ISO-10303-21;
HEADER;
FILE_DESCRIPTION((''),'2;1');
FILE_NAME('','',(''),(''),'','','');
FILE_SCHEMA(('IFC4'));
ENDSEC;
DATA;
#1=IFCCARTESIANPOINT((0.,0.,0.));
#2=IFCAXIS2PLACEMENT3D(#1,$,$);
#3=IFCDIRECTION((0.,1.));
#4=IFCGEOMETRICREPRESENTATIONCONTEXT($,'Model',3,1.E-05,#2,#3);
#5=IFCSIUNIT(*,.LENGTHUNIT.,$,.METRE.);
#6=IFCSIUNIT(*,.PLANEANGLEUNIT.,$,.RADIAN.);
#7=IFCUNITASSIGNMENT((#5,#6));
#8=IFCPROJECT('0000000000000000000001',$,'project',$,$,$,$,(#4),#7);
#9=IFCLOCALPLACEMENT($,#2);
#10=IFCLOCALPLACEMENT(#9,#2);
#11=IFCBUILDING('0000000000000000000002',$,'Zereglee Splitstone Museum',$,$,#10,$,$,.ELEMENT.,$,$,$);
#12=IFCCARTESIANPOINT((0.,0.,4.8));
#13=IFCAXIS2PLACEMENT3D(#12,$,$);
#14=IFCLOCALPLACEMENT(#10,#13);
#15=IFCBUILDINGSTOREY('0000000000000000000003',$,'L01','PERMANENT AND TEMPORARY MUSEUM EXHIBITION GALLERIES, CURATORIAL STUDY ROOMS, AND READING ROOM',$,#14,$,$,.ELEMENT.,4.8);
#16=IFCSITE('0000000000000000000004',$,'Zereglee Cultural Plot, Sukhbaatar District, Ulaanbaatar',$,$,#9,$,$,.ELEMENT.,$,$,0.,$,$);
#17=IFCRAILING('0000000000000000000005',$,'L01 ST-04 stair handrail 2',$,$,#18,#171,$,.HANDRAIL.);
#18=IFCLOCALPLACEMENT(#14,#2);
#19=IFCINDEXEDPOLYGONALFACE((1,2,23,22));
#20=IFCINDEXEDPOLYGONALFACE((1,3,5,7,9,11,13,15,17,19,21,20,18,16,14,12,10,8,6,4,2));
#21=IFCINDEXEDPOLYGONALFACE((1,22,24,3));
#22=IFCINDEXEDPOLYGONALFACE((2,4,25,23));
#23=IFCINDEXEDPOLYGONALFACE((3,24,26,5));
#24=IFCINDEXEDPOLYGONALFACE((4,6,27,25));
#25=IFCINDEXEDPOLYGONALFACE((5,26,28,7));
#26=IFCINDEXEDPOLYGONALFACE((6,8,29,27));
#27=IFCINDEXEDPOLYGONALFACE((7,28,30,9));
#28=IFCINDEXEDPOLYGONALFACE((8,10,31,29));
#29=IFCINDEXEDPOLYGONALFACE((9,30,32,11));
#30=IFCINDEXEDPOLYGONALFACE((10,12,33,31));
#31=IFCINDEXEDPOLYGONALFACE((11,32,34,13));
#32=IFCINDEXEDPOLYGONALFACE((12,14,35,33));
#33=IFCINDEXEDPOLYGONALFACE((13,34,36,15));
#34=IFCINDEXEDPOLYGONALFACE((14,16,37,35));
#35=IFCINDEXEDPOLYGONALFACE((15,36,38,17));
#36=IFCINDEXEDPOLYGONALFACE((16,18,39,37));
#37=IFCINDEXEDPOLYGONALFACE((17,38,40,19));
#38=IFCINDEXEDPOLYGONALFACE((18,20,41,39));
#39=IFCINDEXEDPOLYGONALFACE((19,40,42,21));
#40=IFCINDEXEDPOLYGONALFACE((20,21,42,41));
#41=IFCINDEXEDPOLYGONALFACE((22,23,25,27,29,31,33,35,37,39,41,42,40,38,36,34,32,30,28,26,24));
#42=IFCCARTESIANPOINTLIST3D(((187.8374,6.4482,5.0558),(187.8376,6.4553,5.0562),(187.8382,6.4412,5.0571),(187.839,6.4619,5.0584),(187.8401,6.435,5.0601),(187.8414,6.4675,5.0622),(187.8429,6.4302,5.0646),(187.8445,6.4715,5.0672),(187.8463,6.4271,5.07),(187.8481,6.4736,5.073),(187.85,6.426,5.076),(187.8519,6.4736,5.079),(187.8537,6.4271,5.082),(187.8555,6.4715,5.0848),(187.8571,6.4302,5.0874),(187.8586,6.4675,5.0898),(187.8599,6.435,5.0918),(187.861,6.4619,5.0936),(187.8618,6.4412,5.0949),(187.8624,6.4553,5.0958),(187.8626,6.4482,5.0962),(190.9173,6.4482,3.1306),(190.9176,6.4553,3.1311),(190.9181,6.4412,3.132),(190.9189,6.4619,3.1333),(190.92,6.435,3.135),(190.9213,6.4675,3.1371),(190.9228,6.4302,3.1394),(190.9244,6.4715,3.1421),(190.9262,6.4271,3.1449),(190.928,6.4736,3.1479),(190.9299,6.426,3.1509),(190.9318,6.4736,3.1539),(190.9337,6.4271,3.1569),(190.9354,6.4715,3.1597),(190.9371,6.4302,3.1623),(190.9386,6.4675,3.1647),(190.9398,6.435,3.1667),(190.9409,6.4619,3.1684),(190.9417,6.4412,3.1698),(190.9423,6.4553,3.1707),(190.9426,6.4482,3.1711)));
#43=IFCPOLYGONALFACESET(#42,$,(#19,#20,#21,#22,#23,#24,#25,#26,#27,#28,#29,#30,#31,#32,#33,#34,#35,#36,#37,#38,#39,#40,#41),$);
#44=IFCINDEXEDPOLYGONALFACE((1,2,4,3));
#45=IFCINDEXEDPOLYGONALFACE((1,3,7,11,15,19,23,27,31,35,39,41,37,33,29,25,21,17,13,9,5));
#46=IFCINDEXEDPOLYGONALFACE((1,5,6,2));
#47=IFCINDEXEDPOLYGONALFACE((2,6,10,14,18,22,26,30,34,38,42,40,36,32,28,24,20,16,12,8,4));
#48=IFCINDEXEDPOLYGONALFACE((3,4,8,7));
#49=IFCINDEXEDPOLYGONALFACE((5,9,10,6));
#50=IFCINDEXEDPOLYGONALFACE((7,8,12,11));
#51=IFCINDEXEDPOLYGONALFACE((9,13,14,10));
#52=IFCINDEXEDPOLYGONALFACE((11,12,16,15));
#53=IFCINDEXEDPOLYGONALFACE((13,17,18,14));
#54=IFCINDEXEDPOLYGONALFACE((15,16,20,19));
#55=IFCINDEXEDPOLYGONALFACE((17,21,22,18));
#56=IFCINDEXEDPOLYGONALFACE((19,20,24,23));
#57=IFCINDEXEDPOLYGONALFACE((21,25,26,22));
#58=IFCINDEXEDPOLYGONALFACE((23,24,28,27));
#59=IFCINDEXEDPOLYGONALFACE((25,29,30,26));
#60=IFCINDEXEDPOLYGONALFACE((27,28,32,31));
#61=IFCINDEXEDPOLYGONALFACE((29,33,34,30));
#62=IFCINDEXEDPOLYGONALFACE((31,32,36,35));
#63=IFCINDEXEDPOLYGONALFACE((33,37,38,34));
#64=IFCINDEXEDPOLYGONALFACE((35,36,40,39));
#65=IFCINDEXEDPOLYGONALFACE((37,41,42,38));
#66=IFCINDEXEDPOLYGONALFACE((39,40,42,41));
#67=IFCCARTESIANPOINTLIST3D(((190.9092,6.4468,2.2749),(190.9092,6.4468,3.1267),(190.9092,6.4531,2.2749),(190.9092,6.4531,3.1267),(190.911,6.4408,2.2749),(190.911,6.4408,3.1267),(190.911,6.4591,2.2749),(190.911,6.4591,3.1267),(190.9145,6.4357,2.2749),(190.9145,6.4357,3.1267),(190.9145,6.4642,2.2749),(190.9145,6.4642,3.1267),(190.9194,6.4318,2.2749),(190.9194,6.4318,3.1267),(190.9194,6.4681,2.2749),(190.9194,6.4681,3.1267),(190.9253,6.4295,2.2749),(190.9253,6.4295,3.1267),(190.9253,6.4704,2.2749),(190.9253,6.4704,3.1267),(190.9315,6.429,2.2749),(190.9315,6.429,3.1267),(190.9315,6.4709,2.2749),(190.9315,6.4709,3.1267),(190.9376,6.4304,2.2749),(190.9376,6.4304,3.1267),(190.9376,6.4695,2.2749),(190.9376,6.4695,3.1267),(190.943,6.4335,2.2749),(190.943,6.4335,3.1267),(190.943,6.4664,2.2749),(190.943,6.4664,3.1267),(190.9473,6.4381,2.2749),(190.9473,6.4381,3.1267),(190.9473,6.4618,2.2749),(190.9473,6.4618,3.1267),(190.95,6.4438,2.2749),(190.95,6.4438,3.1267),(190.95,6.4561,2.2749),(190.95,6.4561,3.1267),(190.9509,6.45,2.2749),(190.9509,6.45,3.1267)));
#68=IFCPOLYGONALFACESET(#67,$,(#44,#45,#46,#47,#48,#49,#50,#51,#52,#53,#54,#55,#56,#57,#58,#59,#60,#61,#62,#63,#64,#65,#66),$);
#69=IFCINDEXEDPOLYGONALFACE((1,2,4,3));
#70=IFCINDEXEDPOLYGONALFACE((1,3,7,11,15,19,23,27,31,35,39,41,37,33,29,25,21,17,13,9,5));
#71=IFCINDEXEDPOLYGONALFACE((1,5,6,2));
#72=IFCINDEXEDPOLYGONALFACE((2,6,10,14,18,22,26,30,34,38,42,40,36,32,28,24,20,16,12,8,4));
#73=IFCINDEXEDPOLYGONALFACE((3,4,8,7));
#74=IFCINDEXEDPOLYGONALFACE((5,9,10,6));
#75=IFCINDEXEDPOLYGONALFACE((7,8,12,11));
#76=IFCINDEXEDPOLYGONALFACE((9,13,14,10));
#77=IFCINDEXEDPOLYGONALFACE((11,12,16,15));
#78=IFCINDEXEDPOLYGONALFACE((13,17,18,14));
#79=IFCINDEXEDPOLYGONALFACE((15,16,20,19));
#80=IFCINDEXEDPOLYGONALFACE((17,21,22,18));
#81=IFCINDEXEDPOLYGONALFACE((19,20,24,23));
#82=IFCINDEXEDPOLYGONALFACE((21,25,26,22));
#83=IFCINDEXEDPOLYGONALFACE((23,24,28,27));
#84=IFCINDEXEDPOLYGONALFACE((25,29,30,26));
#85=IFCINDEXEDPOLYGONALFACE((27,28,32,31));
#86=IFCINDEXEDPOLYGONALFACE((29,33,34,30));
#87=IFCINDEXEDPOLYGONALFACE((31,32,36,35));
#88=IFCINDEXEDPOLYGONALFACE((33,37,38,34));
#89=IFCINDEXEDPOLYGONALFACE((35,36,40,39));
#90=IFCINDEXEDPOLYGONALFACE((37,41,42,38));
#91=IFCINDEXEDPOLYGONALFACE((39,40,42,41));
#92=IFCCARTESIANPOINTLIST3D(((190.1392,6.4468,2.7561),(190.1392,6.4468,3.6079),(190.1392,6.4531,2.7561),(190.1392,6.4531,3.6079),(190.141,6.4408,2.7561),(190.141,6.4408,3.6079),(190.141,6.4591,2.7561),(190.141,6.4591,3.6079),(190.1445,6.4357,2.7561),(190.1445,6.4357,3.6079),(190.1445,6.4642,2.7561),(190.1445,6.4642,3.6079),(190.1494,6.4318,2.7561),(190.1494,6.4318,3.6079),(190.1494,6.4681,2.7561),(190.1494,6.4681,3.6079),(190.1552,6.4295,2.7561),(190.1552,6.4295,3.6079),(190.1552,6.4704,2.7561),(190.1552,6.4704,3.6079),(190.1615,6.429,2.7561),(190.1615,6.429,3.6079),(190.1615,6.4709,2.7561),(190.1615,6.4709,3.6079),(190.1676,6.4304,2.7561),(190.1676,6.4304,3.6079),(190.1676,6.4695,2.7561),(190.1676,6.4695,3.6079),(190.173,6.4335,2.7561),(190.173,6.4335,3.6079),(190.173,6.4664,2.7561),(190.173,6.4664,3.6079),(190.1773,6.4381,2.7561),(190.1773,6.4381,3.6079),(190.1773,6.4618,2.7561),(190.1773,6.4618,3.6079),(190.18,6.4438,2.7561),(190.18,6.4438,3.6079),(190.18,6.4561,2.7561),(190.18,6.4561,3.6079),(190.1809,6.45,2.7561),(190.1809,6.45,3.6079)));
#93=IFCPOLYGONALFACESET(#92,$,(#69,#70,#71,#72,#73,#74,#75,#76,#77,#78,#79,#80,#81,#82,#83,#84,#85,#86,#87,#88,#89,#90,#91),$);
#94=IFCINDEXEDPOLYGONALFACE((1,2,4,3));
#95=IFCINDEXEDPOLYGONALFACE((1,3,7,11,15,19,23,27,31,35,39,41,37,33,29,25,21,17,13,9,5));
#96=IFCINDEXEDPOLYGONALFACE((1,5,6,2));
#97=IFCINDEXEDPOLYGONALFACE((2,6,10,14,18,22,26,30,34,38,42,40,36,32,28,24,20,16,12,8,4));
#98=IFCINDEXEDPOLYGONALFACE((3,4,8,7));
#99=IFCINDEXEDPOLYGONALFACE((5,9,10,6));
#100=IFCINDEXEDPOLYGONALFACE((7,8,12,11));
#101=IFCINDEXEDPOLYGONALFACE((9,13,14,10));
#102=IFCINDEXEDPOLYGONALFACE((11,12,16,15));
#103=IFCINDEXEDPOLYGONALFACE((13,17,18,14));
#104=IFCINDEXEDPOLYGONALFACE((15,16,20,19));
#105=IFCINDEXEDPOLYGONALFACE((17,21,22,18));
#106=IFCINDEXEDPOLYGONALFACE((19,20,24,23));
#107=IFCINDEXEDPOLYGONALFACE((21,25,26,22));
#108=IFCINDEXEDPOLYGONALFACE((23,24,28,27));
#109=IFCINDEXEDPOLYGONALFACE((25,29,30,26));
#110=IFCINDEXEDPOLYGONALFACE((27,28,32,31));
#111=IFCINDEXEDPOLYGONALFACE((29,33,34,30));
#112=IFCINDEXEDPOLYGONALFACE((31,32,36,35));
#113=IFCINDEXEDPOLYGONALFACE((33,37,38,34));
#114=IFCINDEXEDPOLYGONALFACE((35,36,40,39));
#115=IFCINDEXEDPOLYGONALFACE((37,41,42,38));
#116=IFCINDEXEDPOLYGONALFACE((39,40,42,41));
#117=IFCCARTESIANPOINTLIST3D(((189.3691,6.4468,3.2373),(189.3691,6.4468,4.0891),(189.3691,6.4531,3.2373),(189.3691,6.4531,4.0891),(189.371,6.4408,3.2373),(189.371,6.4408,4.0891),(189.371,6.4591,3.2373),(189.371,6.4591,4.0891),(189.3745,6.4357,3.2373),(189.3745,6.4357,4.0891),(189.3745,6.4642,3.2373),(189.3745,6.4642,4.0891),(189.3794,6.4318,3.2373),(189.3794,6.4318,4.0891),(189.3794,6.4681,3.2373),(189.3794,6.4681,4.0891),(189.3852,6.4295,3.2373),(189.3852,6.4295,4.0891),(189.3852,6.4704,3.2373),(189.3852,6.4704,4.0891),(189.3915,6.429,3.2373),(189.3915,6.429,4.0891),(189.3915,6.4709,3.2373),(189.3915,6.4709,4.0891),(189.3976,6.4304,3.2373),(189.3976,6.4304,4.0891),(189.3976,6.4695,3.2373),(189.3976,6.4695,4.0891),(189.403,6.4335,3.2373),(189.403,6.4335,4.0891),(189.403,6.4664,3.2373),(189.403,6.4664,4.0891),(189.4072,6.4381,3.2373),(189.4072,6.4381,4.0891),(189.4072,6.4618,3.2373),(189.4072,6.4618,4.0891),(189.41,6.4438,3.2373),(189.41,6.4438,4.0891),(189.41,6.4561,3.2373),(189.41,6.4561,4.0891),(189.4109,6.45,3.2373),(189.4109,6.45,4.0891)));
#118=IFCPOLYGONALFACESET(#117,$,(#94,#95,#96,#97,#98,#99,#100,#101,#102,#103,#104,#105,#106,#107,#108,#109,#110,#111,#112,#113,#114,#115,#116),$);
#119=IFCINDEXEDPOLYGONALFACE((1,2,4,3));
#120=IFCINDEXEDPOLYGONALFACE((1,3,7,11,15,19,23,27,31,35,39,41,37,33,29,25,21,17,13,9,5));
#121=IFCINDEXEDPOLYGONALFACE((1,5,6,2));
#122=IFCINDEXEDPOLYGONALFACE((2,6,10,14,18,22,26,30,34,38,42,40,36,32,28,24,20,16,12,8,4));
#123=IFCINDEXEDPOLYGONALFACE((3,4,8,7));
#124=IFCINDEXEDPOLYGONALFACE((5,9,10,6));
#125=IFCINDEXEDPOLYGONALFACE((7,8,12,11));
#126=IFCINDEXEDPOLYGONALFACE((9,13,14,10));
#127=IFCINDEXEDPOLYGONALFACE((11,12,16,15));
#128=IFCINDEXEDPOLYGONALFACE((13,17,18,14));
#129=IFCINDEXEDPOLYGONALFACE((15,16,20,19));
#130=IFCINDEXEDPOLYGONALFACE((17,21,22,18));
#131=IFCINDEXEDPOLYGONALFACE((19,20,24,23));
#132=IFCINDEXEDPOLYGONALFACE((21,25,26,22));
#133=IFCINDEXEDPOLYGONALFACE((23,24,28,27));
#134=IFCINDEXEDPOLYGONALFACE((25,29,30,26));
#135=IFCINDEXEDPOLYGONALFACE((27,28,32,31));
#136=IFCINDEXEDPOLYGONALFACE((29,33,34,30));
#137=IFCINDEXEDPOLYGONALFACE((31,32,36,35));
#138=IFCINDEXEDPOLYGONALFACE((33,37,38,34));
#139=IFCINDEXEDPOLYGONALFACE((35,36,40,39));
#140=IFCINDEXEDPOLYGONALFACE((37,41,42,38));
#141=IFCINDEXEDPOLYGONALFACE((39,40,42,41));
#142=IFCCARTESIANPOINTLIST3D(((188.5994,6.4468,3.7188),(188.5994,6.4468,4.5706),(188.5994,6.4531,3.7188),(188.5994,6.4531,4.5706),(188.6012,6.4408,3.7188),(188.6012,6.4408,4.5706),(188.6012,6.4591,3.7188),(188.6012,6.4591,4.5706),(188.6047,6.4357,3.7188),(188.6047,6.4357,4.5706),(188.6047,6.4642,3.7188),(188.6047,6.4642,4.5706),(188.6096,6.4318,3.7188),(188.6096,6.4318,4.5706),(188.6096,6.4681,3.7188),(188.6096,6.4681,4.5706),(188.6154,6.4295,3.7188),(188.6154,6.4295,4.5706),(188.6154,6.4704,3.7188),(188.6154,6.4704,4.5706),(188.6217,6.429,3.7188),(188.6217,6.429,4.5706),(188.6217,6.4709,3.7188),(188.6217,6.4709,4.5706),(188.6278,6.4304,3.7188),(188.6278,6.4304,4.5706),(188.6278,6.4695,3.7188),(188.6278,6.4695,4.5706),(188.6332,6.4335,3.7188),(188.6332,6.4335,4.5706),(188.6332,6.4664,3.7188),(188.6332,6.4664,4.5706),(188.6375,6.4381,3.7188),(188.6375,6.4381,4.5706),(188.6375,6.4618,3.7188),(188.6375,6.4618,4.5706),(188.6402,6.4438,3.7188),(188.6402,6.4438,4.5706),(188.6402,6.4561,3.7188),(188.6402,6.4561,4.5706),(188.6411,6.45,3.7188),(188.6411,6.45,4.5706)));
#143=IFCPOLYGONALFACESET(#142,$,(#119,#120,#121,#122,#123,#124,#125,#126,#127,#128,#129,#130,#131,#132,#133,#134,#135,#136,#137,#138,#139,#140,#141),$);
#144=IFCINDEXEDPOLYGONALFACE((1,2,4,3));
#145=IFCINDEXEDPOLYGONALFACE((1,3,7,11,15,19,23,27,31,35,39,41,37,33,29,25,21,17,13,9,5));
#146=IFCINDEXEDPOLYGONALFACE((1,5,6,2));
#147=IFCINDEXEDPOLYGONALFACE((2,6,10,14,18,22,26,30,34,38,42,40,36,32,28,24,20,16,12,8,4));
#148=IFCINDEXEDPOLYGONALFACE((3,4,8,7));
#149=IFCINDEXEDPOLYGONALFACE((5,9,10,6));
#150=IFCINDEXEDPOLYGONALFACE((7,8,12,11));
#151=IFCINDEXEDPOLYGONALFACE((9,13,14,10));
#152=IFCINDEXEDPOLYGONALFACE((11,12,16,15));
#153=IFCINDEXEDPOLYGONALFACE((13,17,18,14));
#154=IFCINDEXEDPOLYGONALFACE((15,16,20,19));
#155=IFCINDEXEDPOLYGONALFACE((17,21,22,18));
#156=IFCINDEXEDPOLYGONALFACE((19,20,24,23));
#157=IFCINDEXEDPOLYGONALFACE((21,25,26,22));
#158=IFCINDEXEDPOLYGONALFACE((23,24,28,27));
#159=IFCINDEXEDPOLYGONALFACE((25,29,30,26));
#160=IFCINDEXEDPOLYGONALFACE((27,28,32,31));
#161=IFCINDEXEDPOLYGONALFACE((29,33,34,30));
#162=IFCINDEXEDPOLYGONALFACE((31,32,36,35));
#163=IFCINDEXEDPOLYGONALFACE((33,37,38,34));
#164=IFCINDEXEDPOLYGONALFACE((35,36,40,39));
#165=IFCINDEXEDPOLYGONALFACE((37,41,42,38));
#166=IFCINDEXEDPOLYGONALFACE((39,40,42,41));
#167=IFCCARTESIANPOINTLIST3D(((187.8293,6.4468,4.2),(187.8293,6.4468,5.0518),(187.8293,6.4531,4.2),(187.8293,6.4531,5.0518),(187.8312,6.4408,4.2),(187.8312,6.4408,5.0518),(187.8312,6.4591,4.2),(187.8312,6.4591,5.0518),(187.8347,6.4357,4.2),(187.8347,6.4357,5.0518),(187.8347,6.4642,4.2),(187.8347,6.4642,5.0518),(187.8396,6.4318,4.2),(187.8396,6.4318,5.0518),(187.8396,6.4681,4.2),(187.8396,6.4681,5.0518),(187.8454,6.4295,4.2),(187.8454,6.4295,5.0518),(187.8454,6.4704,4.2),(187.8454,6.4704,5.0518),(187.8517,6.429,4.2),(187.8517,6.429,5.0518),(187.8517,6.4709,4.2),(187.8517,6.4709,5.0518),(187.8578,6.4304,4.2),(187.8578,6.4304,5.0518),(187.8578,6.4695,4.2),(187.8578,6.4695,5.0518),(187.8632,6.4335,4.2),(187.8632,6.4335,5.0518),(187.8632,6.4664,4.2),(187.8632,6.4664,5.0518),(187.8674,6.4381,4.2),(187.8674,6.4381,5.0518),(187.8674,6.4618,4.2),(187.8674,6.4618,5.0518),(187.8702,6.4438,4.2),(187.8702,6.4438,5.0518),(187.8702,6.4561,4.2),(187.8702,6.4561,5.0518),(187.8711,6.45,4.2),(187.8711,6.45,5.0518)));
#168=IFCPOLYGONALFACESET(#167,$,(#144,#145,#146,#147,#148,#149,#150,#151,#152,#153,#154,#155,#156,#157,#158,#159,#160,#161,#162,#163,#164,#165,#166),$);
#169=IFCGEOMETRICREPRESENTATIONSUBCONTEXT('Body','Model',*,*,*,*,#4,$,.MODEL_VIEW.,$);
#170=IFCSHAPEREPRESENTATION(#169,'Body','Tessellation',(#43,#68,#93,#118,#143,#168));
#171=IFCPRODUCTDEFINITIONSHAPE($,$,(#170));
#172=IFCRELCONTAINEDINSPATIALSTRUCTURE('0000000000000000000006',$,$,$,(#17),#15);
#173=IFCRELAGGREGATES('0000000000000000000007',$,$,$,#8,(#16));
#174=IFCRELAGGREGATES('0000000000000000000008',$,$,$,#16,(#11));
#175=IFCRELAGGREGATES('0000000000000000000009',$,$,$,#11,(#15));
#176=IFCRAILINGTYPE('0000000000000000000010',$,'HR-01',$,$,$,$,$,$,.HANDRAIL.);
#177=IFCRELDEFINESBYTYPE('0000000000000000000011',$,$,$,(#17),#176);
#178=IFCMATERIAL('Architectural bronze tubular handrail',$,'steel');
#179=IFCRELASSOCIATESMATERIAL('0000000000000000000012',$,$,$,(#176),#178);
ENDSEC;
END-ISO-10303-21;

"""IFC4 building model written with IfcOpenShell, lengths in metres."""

from ifc_helpers import new_model, si_unit, direction, frame, origin, origin_2d, place, context, subcontext, project, spatial, circle, extrude, material, type_object, element, save


model = new_model("IFC4")

# Units and contexts
model_context = context("Model", 3, precision=1e-05, world=origin(), true_north=direction((0.0, 1.0)))
body_context = subcontext(model_context, "Body", "Model", "MODEL_VIEW")
ifc_project = project(units=[si_unit("LENGTHUNIT", "METRE"), si_unit("PLANEANGLEUNIT", "RADIAN")], contexts=[model_context])

# Site, building, storey
site_placement = place(None, origin())
site = spatial("IfcSite", under=ifc_project, at=site_placement, Name="Zereglee Cultural Plot, Sukhbaatar District, Ulaanbaatar", CompositionType="ELEMENT", RefElevation=0.0)
building_placement = place(site_placement, origin())
building = spatial("IfcBuilding", under=site, at=building_placement, Name="Zereglee Splitstone Museum", CompositionType="ELEMENT")
storey_placement = place(building_placement, frame((0.0, 0.0, 4.8)))
storey = spatial("IfcBuildingStorey", under=building, at=storey_placement, Name="L01", Description="PERMANENT AND TEMPORARY MUSEUM EXHIBITION GALLERIES, CURATORIAL STUDY ROOMS, AND READING ROOM", CompositionType="ELEMENT", Elevation=4.8)

# Railing
ifc_material_1 = material(Name="Architectural bronze tubular handrail", Category="steel")
railing_type_1 = type_object("IfcRailingType", Name="HR-01", PredefinedType="HANDRAIL", material=ifc_material_1)
railing_1_placement = place(storey_placement, frame((190.9299, 6.45, 2.2749)))
element("IfcRailing", 1, at=railing_1_placement, inside=storey, type_object=railing_type_1, Name="L01 ST-04 stair handrail 2", PredefinedType="HANDRAIL", context=body_context, shape_type="SweptSolid", body=[
    extrude(circle(Radius=0.0239, at=origin_2d()), frame((0.0, 0.0, 0.876), z_axis=(-0.847979, 0.0, 0.530029), x_axis=(0.0, -1.0, 0.0)), (0.0, 0.0, 1.0), 3.6321),
    extrude(circle(Radius=0.021, at=origin_2d()), origin(), (0.0, 0.0, 1.0), 0.8518),
    extrude(circle(Radius=0.021, at=origin_2d()), frame((-0.77, 0.0, 0.4812)), (0.0, 0.0, 1.0), 0.8518),
    extrude(circle(Radius=0.021, at=origin_2d()), frame((-1.54, 0.0, 0.9624)), (0.0, 0.0, 1.0), 0.8518),
    extrude(circle(Radius=0.021, at=origin_2d()), frame((-2.3098, 0.0, 1.4438)), (0.0, 0.0, 1.0), 0.8518),
    extrude(circle(Radius=0.021, at=origin_2d()), frame((-3.0798, 0.0, 1.925)), (0.0, 0.0, 1.0), 0.8518),
])

save(model, "model.ifc")
